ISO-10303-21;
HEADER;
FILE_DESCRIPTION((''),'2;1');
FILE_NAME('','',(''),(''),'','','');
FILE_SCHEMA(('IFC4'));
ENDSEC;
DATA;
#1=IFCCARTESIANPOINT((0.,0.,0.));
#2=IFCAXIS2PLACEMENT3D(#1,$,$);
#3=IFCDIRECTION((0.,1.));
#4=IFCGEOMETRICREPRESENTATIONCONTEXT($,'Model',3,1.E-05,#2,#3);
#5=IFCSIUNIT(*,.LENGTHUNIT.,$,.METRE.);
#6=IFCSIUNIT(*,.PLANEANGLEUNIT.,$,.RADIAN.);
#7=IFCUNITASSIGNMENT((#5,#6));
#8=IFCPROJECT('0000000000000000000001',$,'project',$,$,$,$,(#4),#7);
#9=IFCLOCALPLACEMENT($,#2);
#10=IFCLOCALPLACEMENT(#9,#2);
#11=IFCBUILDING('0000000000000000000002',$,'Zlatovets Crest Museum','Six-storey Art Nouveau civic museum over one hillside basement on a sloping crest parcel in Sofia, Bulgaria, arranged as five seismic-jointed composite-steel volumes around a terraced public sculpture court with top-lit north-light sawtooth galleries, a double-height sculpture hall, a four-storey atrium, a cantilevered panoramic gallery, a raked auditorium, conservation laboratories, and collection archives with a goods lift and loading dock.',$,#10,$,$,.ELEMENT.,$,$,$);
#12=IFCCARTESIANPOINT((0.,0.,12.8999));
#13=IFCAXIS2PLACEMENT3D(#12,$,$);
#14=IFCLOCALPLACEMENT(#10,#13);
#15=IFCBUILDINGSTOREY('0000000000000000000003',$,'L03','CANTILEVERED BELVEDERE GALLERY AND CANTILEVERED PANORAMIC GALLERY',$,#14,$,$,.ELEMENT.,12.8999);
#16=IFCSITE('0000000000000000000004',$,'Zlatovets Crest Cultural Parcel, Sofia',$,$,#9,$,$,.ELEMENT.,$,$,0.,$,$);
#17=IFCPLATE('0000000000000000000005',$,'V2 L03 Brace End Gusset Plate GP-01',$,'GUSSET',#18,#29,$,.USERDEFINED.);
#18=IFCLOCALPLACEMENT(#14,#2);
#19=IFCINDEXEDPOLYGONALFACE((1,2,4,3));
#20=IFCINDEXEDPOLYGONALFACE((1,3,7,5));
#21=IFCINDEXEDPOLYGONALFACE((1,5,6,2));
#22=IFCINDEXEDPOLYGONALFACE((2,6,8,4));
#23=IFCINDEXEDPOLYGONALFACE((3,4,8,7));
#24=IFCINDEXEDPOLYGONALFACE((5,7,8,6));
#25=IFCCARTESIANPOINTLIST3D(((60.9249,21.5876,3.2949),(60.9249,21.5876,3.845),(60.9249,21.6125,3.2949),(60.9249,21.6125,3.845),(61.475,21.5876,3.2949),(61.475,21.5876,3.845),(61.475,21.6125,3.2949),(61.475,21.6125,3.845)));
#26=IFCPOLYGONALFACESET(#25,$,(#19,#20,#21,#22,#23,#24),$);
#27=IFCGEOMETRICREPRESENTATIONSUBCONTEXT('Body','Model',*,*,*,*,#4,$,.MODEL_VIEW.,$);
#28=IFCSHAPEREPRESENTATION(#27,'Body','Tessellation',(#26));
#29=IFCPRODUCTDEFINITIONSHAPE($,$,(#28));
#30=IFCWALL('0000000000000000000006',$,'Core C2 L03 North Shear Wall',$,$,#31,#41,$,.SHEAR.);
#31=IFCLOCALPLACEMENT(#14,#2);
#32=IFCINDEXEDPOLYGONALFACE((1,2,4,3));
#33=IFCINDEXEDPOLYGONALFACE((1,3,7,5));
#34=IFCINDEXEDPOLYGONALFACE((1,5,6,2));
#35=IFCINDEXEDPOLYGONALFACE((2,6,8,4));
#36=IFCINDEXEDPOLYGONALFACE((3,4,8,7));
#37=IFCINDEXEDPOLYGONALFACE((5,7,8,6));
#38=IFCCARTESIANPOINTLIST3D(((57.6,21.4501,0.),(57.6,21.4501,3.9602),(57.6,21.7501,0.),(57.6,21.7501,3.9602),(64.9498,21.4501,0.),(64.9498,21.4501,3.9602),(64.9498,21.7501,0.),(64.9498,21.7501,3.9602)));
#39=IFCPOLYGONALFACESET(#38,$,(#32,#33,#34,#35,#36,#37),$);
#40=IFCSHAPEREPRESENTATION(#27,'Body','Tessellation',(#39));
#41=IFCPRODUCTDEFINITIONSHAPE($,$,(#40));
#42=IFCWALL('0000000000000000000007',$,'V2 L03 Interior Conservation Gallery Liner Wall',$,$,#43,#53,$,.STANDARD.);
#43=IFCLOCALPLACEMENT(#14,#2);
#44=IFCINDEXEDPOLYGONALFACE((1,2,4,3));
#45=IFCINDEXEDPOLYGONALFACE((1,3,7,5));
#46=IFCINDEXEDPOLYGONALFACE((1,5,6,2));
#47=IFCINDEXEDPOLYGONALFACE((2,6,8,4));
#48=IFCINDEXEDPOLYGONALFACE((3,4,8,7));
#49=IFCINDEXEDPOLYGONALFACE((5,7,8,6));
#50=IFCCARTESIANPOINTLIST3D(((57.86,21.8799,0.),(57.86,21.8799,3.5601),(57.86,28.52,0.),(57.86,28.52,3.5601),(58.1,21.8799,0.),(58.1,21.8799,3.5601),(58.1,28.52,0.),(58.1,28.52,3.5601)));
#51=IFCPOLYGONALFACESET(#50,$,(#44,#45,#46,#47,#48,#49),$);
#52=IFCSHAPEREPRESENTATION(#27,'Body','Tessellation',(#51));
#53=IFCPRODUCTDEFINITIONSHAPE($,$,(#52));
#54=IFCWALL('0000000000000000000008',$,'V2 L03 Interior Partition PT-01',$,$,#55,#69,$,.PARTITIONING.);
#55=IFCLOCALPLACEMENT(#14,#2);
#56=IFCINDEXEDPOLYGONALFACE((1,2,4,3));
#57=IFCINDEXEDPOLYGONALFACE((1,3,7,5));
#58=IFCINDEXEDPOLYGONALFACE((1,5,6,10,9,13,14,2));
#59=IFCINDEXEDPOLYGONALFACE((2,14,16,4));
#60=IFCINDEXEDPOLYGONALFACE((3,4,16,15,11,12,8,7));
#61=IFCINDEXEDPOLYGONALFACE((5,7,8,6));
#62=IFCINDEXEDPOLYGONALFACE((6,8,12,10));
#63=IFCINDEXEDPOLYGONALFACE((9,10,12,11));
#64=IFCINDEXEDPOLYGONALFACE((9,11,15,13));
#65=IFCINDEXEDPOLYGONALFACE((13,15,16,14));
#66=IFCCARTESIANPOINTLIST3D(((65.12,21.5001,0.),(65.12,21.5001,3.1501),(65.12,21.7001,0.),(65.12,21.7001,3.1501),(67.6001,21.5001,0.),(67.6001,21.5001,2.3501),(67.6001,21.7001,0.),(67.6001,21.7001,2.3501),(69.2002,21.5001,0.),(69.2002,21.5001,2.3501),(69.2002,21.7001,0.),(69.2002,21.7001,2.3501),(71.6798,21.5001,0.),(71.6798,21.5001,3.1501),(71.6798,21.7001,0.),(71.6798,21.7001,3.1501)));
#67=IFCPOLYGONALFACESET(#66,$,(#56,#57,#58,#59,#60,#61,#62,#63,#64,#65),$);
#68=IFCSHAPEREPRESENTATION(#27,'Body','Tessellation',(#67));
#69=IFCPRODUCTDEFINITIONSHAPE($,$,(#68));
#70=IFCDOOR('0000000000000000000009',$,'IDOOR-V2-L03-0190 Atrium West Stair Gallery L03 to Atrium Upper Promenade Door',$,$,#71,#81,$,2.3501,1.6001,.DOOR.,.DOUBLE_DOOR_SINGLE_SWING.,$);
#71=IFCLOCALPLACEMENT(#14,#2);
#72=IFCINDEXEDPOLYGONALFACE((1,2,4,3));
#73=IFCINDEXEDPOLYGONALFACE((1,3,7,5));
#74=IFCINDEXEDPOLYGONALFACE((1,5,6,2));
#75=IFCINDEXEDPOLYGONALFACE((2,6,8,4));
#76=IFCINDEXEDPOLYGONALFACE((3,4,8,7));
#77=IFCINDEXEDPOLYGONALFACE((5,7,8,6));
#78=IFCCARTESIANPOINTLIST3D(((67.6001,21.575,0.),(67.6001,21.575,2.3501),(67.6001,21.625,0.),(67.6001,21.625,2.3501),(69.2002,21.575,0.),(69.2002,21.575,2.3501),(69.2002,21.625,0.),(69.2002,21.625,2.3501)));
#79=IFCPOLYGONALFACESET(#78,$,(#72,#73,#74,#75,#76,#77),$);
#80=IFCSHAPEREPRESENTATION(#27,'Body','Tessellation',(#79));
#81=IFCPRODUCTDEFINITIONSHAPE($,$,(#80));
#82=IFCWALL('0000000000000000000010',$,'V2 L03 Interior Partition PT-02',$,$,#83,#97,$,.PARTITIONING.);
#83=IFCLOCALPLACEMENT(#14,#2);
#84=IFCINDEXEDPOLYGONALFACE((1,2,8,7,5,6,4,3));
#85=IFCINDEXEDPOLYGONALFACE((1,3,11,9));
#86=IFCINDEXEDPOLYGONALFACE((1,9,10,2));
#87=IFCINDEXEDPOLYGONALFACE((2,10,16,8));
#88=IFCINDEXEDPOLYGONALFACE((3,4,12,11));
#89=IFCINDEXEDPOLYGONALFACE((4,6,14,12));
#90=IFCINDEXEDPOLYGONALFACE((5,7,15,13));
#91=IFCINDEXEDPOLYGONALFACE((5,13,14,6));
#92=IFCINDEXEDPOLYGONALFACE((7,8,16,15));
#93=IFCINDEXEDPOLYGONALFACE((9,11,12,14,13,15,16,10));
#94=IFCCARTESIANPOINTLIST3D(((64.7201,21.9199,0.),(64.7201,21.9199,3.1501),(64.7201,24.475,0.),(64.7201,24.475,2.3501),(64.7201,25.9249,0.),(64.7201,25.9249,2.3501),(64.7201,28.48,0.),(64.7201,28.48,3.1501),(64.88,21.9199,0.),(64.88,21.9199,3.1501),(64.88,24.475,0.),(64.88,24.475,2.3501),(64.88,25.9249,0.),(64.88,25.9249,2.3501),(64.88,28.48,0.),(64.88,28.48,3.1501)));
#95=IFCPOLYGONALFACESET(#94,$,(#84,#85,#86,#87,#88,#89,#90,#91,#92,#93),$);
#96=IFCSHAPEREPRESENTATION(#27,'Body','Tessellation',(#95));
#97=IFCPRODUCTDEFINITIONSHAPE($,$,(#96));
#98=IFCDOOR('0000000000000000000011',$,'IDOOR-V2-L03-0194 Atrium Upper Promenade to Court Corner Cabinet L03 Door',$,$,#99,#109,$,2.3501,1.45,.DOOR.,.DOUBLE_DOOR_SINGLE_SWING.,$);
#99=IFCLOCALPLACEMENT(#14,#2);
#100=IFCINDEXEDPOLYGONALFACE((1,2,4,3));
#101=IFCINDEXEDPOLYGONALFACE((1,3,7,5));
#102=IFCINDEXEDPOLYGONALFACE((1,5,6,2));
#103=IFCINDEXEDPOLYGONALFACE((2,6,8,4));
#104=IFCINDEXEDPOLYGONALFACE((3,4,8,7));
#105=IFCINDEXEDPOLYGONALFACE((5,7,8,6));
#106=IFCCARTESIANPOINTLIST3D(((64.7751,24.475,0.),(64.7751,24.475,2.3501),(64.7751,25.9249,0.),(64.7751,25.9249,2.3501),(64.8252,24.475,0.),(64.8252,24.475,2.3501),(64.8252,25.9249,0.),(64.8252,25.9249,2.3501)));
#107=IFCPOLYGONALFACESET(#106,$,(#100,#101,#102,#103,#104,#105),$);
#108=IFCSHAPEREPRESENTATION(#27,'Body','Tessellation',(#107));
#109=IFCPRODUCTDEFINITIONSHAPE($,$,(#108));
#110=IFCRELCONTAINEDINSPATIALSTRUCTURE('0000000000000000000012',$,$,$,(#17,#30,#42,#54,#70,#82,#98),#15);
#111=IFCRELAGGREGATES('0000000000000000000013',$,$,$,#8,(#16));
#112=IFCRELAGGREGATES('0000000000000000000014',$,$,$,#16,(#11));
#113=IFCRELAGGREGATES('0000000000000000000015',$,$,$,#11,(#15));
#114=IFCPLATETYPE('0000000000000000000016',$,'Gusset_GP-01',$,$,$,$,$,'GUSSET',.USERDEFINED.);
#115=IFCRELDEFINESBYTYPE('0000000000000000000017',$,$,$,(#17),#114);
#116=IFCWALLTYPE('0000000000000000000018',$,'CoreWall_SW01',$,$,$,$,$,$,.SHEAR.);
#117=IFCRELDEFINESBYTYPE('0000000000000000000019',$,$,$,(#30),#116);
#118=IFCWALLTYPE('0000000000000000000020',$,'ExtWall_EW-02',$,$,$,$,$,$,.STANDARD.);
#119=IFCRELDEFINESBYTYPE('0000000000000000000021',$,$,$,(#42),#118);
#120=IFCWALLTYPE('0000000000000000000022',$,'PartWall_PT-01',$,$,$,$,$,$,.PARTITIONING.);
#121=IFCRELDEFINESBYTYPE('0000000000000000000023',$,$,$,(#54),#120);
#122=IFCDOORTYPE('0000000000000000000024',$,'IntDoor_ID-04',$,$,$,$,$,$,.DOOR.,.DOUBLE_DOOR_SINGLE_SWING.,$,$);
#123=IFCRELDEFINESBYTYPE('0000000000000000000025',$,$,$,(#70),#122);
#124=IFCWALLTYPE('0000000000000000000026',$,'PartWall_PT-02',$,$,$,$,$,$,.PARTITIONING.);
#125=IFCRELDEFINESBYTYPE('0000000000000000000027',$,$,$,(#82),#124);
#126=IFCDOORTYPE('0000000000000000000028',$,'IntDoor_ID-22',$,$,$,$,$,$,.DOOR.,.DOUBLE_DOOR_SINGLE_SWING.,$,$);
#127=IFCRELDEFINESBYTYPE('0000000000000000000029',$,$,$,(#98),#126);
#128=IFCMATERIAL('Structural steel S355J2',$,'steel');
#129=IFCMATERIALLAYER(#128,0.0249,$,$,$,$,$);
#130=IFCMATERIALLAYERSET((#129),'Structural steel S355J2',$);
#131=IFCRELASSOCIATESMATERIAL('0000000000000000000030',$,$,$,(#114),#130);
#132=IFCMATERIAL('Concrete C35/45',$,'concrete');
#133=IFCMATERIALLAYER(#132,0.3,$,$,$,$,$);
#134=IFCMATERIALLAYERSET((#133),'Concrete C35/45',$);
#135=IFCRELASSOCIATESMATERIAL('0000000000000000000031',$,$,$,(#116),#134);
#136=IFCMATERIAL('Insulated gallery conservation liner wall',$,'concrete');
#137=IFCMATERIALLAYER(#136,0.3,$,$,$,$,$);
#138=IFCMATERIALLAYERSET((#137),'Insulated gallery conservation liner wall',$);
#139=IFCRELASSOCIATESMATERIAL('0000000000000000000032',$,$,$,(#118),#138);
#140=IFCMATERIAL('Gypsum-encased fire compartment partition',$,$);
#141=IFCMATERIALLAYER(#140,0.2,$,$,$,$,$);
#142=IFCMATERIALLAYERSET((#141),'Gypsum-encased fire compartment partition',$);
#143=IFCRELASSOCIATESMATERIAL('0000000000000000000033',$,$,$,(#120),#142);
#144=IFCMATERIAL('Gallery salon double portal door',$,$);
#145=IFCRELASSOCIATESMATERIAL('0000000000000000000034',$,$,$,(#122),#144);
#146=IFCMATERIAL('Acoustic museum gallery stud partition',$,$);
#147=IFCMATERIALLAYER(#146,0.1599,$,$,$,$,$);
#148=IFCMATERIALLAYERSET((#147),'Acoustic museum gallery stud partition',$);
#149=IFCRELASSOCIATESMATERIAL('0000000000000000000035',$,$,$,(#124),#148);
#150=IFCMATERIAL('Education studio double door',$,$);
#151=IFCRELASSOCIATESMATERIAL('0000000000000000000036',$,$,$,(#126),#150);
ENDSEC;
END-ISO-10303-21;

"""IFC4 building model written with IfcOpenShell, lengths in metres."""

from ifc_helpers import new_model, si_unit, direction, frame, frame_2d, origin, origin_2d, place, context, subcontext, project, spatial, rectangle, extrude, material, layer, layer_set, type_object, element, fill, save


model = new_model("IFC4")

# Units and contexts
model_context = context("Model", 3, precision=1e-05, world=origin(), true_north=direction((0.0, 1.0)))
body_context = subcontext(model_context, "Body", "Model", "MODEL_VIEW")
ifc_project = project(units=[si_unit("LENGTHUNIT", "METRE"), si_unit("PLANEANGLEUNIT", "RADIAN")], contexts=[model_context])

# Site, building, storey
site_placement = place(None, origin())
site = spatial("IfcSite", under=ifc_project, at=site_placement, Name="Zlatovets Crest Cultural Parcel, Sofia", CompositionType="ELEMENT", RefElevation=0.0)
building_placement = place(site_placement, origin())
building = spatial("IfcBuilding", under=site, at=building_placement, Name="Zlatovets Crest Museum", Description="Six-storey Art Nouveau civic museum over one hillside basement on a sloping crest parcel in Sofia, Bulgaria, arranged as five seismic-jointed composite-steel volumes around a terraced public sculpture court with top-lit north-light sawtooth galleries, a double-height sculpture hall, a four-storey atrium, a cantilevered panoramic gallery, a raked auditorium, conservation laboratories, and collection archives with a goods lift and loading dock.", CompositionType="ELEMENT")
storey_placement = place(building_placement, frame((0.0, 0.0, 12.8999)))
storey = spatial("IfcBuildingStorey", under=building, at=storey_placement, Name="L03", Description="CANTILEVERED BELVEDERE GALLERY AND CANTILEVERED PANORAMIC GALLERY", CompositionType="ELEMENT", Elevation=12.8999)

# Shared definitions
ifc_material_1 = material(Name="Structural steel S355J2", Category="steel")

# Plate
ifc_layer_1 = layer(ifc_material_1, 0.0249)
ifc_layer_set_1 = layer_set([ifc_layer_1], Name="Structural steel S355J2")
plate_type = type_object("IfcPlateType", Name="Gusset_GP-01", ElementType="GUSSET", PredefinedType="USERDEFINED", material=ifc_layer_set_1)
for number, where, z_axis, x_axis, name in (
    (1, (61.2, 21.6001, 3.2949), (0.0, 0.0, 1.0), (1.0, 0.0, 0.0), "V2 L03 Brace End Gusset Plate GP-01"),
):
    element("IfcPlate", number, at=place(storey_placement, frame(where, z_axis=z_axis, x_axis=x_axis)), inside=storey, type_object=plate_type, Name=name, ObjectType="GUSSET", PredefinedType="USERDEFINED", context=body_context, shape_type="SweptSolid", body=[
        extrude(rectangle(XDim=0.55, YDim=0.0249, at=origin_2d()), origin(), (0.0, 0.0, 1.0), 0.55),
    ])

# Walls
ifc_material_2 = material(Name="Concrete C35/45", Category="concrete")
ifc_layer_2 = layer(ifc_material_2, 0.3)
ifc_layer_set_2 = layer_set([ifc_layer_2], Name="Concrete C35/45")
wall_type_1 = type_object("IfcWallType", Name="CoreWall_SW01", PredefinedType="SHEAR", material=ifc_layer_set_2)
wall_1_placement = place(storey_placement, frame((57.6001, 21.6001, 0.0), z_axis=(0.0, 0.0, 1.0), x_axis=(1.0, 0.0, 0.0)))
element("IfcWall", 2, at=wall_1_placement, inside=storey, type_object=wall_type_1, Name="Core C2 L03 North Shear Wall", PredefinedType="SHEAR", context=body_context, shape_type="SweptSolid", body=[
    extrude(rectangle(XDim=7.3499, YDim=0.3, at=frame_2d((3.6748, 0.0))), origin(), (0.0, 0.0, 1.0), 3.9602),
])
ifc_material_3 = material(Name="Insulated gallery conservation liner wall", Category="concrete")
ifc_layer_3 = layer(ifc_material_3, 0.3)
ifc_layer_set_3 = layer_set([ifc_layer_3], Name="Insulated gallery conservation liner wall")
wall_type_2 = type_object("IfcWallType", Name="ExtWall_EW-02", PredefinedType="STANDARD", material=ifc_layer_set_3)
wall_2_placement = place(storey_placement, frame((57.98, 28.52, 0.0), z_axis=(0.0, 0.0, 1.0), x_axis=(0.0, -1.0, 0.0)))
element("IfcWall", 3, at=wall_2_placement, inside=storey, type_object=wall_type_2, Name="V2 L03 Interior Conservation Gallery Liner Wall", PredefinedType="STANDARD", context=body_context, shape_type="SweptSolid", body=[
    extrude(rectangle(XDim=6.6401, YDim=0.24, at=frame_2d((3.3201, 0.0))), origin(), (0.0, 0.0, 1.0), 3.5601),
])

# Walls, openings, doors
ifc_material_4 = material(Name="Gypsum-encased fire compartment partition")
ifc_layer_4 = layer(ifc_material_4, 0.2)
ifc_layer_set_4 = layer_set([ifc_layer_4], Name="Gypsum-encased fire compartment partition")
wall_type_3 = type_object("IfcWallType", Name="PartWall_PT-01", PredefinedType="PARTITIONING", material=ifc_layer_set_4)
wall_3_placement = place(storey_placement, frame((65.1201, 21.6001, 0.0), z_axis=(0.0, 0.0, 1.0), x_axis=(1.0, 0.0, 0.0)))
wall_3 = element("IfcWall", 4, at=wall_3_placement, inside=storey, type_object=wall_type_3, Name="V2 L03 Interior Partition PT-01", PredefinedType="PARTITIONING", context=body_context, shape_type="SweptSolid", body=[
    extrude(rectangle(XDim=6.5598, YDim=0.2, at=frame_2d((3.2798, 0.0))), origin(), (0.0, 0.0, 1.0), 3.1501),
])
opening_1_placement = place(wall_3_placement, frame((2.48, 0.0, 0.0)))
opening_1 = element("IfcOpeningElement", 5, at=opening_1_placement, cuts=wall_3, PredefinedType="OPENING", context=body_context, shape_type="SweptSolid", body=[
    extrude(rectangle(XDim=1.6001, YDim=2.3501, at=frame_2d((0.8, 1.175))), frame((0.0, 0.1099, 0.0), z_axis=(0.0, -1.0, 0.0), x_axis=(1.0, 0.0, 0.0)), (0.0, 0.0, 1.0), 0.22),
])
ifc_material_5 = material(Name="Gallery salon double portal door")
door_type_1 = type_object("IfcDoorType", Name="IntDoor_ID-04", OperationType="DOUBLE_DOOR_SINGLE_SWING", PredefinedType="DOOR", material=ifc_material_5)
door_1_placement = place(opening_1_placement, origin())
door_1 = element("IfcDoor", 6, at=door_1_placement, inside=storey, type_object=door_type_1, Name="IDOOR-V2-L03-0190 Atrium West Stair Gallery L03 to Atrium Upper Promenade Door", OperationType="DOUBLE_DOOR_SINGLE_SWING", OverallHeight=2.3501, OverallWidth=1.6001, PredefinedType="DOOR", context=body_context, shape_type="SweptSolid", body=[
    extrude(rectangle(XDim=1.6001, YDim=2.3501, at=frame_2d((0.8, 1.175))), frame((0.0, 0.0249, 0.0), z_axis=(0.0, -1.0, 0.0), x_axis=(1.0, 0.0, 0.0)), (0.0, 0.0, 1.0), 0.05),
])
fill(opening_1, door_1)
ifc_material_6 = material(Name="Acoustic museum gallery stud partition")
ifc_layer_5 = layer(ifc_material_6, 0.1599)
ifc_layer_set_5 = layer_set([ifc_layer_5], Name="Acoustic museum gallery stud partition")
wall_type_4 = type_object("IfcWallType", Name="PartWall_PT-02", PredefinedType="PARTITIONING", material=ifc_layer_set_5)
wall_4_placement = place(storey_placement, frame((64.8, 21.9199, 0.0), z_axis=(0.0, 0.0, 1.0), x_axis=(0.0, 1.0, 0.0)))
wall_4 = element("IfcWall", 7, at=wall_4_placement, inside=storey, type_object=wall_type_4, Name="V2 L03 Interior Partition PT-02", PredefinedType="PARTITIONING", context=body_context, shape_type="SweptSolid", body=[
    extrude(rectangle(XDim=6.5601, YDim=0.1599, at=frame_2d((3.28, 0.0))), origin(), (0.0, 0.0, 1.0), 3.1501),
])
opening_2_placement = place(wall_4_placement, frame((2.5549, 0.0, 0.0)))
opening_2 = element("IfcOpeningElement", 8, at=opening_2_placement, cuts=wall_4, PredefinedType="OPENING", context=body_context, shape_type="SweptSolid", body=[
    extrude(rectangle(XDim=1.45, YDim=2.3501, at=frame_2d((0.7251, 1.175))), frame((0.0, 0.0898, 0.0), z_axis=(0.0, -1.0, 0.0), x_axis=(1.0, 0.0, 0.0)), (0.0, 0.0, 1.0), 0.1799),
])
ifc_material_7 = material(Name="Education studio double door")
door_type_2 = type_object("IfcDoorType", Name="IntDoor_ID-22", OperationType="DOUBLE_DOOR_SINGLE_SWING", PredefinedType="DOOR", material=ifc_material_7)
door_2_placement = place(opening_2_placement, origin())
door_2 = element("IfcDoor", 9, at=door_2_placement, inside=storey, type_object=door_type_2, Name="IDOOR-V2-L03-0194 Atrium Upper Promenade to Court Corner Cabinet L03 Door", OperationType="DOUBLE_DOOR_SINGLE_SWING", OverallHeight=2.3501, OverallWidth=1.45, PredefinedType="DOOR", context=body_context, shape_type="SweptSolid", body=[
    extrude(rectangle(XDim=1.45, YDim=2.3501, at=frame_2d((0.7251, 1.175))), frame((0.0, 0.0249, 0.0), z_axis=(0.0, -1.0, 0.0), x_axis=(1.0, 0.0, 0.0)), (0.0, 0.0, 1.0), 0.05),
])
fill(opening_2, door_2)

save(model, "model.ifc")
